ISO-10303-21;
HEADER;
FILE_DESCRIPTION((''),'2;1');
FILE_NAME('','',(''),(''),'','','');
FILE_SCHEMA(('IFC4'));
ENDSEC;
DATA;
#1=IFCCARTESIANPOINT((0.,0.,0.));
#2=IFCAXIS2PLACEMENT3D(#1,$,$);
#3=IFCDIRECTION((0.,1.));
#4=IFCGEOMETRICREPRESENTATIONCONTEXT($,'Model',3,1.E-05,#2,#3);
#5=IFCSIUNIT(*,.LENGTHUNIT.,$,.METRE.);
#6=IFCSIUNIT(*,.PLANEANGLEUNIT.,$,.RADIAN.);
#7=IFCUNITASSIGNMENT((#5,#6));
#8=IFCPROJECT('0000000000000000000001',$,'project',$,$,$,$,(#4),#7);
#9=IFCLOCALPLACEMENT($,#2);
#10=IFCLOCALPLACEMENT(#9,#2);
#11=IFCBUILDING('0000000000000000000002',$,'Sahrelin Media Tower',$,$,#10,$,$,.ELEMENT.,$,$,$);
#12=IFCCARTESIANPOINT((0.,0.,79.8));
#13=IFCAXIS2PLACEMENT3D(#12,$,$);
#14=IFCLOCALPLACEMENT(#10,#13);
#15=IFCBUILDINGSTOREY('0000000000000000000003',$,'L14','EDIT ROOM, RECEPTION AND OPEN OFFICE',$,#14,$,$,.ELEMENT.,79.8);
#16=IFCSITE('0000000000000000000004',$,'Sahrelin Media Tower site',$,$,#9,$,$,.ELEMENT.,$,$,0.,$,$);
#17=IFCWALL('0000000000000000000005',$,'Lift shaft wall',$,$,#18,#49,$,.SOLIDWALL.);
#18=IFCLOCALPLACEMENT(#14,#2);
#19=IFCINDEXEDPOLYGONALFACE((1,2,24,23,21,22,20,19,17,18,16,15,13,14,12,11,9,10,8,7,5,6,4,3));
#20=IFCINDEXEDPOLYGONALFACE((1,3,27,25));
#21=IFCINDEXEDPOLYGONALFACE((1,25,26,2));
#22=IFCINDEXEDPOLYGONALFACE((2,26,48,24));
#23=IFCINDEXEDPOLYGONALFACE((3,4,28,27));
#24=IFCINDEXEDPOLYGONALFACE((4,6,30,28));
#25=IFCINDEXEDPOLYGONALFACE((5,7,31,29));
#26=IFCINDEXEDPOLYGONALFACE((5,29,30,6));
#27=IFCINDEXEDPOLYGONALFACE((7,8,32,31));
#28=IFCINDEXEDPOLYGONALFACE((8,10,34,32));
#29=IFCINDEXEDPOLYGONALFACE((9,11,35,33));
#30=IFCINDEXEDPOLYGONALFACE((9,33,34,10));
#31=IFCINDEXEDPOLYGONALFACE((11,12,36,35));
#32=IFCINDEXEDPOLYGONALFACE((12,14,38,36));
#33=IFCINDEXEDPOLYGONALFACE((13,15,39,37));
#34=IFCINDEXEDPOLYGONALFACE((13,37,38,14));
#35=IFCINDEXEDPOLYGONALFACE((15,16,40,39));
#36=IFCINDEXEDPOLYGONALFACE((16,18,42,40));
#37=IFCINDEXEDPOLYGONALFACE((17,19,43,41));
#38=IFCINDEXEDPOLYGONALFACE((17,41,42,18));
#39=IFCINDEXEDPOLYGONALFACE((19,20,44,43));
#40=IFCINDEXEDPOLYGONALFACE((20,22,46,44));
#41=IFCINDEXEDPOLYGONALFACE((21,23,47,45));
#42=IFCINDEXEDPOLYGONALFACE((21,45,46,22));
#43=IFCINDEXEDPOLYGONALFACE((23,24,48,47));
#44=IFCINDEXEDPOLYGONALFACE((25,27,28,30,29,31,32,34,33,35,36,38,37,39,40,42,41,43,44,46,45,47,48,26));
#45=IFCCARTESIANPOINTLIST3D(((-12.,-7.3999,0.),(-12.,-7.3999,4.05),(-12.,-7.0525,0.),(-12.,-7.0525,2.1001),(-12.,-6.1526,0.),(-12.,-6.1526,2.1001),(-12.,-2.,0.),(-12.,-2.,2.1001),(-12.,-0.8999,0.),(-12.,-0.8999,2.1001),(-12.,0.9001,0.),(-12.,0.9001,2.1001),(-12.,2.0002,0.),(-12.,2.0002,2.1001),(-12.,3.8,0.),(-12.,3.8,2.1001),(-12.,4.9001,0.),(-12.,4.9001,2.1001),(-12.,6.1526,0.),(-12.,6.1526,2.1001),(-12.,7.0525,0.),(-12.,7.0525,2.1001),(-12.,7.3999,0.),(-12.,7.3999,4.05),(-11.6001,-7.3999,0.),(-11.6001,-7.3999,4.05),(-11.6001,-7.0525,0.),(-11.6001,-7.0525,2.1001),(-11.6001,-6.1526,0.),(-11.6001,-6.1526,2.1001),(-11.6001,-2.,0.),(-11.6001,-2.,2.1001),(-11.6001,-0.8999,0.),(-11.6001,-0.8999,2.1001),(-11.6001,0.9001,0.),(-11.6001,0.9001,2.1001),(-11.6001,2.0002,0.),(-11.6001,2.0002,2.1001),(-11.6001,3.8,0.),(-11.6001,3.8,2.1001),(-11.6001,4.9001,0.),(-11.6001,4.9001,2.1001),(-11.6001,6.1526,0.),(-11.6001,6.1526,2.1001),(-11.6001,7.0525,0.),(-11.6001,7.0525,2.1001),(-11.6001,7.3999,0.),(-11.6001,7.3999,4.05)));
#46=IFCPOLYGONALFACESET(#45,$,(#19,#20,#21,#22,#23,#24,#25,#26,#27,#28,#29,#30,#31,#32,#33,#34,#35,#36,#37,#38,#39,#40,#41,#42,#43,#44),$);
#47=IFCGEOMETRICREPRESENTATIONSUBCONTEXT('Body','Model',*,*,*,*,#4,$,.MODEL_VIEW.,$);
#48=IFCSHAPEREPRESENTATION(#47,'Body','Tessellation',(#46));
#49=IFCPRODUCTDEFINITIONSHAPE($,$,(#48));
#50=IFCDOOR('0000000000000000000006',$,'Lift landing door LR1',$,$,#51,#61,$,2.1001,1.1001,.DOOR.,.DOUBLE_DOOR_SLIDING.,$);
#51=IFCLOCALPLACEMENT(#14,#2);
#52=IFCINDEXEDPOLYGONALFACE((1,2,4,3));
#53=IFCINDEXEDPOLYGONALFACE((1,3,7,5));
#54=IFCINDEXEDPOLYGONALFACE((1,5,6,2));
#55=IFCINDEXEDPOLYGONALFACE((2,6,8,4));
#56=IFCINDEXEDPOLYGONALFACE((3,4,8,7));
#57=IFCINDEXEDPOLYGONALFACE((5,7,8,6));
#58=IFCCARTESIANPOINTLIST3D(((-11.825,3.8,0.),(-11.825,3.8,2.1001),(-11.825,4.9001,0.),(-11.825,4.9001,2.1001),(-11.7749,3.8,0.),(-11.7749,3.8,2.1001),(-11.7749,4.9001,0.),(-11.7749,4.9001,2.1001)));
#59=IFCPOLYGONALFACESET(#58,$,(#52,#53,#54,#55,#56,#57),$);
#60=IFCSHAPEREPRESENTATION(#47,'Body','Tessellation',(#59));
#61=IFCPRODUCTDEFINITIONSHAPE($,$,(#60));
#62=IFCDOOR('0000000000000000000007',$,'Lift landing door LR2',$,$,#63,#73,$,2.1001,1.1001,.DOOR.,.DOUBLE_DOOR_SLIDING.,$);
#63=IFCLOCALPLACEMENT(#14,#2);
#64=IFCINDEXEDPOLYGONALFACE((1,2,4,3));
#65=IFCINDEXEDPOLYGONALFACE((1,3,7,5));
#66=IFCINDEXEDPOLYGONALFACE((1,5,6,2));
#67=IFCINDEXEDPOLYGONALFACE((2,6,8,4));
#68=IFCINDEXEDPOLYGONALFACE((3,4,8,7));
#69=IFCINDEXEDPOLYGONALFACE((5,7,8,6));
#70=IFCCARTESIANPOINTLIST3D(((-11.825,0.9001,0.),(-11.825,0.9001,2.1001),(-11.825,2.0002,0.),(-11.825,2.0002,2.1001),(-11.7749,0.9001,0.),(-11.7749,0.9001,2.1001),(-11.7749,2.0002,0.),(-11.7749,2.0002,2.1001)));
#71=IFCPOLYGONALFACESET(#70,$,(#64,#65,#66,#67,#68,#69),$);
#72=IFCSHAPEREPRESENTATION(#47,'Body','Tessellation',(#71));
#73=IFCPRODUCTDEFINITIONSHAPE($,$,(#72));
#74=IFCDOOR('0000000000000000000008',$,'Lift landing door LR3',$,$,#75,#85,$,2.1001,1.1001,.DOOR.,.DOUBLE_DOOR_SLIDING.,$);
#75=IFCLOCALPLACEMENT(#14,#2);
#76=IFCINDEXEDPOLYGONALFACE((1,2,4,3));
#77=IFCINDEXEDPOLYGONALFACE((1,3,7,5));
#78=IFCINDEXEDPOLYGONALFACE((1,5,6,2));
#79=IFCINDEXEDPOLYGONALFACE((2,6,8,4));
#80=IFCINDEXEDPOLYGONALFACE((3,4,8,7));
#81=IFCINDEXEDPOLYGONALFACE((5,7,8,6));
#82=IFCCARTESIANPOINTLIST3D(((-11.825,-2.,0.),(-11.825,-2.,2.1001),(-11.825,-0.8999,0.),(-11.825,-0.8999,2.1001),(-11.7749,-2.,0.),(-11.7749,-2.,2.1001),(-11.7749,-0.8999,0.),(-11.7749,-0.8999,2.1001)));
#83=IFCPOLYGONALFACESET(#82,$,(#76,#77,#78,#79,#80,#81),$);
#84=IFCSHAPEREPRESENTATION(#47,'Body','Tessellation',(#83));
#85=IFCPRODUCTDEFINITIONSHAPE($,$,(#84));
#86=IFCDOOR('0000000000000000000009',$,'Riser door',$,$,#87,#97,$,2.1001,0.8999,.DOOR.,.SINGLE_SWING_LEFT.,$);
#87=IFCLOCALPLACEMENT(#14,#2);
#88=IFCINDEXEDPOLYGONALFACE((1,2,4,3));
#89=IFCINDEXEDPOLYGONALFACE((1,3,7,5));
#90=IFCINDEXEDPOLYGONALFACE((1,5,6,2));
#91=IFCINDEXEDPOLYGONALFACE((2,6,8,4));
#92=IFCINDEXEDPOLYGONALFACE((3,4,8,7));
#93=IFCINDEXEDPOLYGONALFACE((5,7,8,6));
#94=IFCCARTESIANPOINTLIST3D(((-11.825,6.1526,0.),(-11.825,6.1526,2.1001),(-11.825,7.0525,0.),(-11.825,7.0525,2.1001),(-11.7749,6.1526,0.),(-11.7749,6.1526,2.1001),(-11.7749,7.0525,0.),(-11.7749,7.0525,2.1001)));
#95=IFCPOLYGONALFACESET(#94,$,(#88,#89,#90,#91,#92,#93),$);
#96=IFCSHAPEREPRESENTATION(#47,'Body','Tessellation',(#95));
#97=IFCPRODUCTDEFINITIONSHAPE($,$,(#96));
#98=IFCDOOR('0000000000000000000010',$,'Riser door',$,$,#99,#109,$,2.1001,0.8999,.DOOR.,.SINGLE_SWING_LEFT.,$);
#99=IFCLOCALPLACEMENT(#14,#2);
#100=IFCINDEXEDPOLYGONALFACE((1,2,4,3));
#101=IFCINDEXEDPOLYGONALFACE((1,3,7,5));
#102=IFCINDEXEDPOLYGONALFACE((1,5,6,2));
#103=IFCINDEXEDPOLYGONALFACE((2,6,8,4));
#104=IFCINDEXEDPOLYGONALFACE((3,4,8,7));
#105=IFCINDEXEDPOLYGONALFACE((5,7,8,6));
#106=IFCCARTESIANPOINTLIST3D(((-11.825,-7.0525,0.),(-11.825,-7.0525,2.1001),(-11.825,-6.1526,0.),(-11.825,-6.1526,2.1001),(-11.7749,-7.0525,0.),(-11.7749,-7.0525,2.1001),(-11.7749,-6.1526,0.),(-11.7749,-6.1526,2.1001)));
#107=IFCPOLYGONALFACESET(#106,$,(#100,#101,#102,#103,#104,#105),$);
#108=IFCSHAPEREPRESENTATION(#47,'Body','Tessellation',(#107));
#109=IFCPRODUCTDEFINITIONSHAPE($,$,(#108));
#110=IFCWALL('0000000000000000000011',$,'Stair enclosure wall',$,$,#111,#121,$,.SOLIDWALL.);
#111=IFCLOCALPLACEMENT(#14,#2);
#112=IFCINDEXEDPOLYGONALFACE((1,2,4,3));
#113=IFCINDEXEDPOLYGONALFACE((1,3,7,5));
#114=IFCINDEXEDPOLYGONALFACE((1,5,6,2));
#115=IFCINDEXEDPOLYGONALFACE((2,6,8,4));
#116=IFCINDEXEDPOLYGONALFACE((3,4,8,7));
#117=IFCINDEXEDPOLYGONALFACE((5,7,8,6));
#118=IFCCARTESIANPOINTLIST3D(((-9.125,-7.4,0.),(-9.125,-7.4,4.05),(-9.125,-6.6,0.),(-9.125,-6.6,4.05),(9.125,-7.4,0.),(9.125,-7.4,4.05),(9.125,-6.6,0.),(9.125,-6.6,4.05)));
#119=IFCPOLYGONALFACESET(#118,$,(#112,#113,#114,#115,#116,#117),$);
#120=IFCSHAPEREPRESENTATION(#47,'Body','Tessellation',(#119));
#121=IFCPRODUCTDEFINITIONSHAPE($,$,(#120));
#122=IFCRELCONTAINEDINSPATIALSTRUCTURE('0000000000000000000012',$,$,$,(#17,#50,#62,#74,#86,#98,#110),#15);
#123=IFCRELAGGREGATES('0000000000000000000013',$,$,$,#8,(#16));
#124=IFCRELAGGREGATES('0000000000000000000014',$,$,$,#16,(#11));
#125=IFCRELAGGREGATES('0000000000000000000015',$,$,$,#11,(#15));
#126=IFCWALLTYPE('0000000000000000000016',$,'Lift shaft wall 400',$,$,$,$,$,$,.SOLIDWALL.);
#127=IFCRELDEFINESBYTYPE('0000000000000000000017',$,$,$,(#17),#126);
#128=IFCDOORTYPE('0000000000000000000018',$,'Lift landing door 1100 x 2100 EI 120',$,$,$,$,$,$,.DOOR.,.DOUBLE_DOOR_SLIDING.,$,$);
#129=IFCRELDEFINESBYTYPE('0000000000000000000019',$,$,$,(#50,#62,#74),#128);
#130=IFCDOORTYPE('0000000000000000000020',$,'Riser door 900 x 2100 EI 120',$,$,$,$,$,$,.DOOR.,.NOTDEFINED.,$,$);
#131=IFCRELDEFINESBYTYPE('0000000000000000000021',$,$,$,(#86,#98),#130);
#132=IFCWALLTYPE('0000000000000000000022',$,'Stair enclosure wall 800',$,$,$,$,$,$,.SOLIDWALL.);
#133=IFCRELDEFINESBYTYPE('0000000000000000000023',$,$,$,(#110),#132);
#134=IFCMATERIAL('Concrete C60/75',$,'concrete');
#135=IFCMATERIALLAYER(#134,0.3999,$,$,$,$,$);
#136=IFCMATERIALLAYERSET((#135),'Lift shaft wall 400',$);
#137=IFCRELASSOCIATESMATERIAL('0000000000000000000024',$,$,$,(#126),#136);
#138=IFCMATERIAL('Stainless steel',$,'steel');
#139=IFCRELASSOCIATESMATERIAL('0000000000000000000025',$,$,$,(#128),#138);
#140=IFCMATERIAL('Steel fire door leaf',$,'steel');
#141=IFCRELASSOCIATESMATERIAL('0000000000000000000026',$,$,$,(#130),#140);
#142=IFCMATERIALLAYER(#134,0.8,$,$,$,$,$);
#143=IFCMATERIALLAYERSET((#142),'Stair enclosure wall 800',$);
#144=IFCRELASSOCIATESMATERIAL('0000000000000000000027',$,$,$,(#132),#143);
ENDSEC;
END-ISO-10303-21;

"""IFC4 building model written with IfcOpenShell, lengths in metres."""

from ifc_helpers import new_model, si_unit, direction, frame, frame_2d, origin, place, context, subcontext, project, spatial, rectangle, extrude, material, layer, layer_set, type_object, element, fill, save


model = new_model("IFC4")

# Units and contexts
model_context = context("Model", 3, precision=1e-05, world=origin(), true_north=direction((0.0, 1.0)))
body_context = subcontext(model_context, "Body", "Model", "MODEL_VIEW")
ifc_project = project(units=[si_unit("LENGTHUNIT", "METRE"), si_unit("PLANEANGLEUNIT", "RADIAN")], contexts=[model_context])

# Site, building, storey
site_placement = place(None, origin())
site = spatial("IfcSite", under=ifc_project, at=site_placement, Name="Sahrelin Media Tower site", CompositionType="ELEMENT", RefElevation=0.0)
building_placement = place(site_placement, origin())
building = spatial("IfcBuilding", under=site, at=building_placement, Name="Sahrelin Media Tower", CompositionType="ELEMENT")
storey_placement = place(building_placement, frame((0.0, 0.0, 79.8)))
storey = spatial("IfcBuildingStorey", under=building, at=storey_placement, Name="L14", Description="EDIT ROOM, RECEPTION AND OPEN OFFICE", CompositionType="ELEMENT", Elevation=79.8)

# Shared definitions
ifc_material_1 = material(Name="Concrete C60/75", Category="concrete")
ifc_material_2 = material(Name="Steel fire door leaf", Category="steel")

# Wall, openings, doors
ifc_material_3 = material(Name="Stainless steel", Category="steel")
ifc_layer_1 = layer(ifc_material_1, 0.3999)
ifc_layer_set_1 = layer_set([ifc_layer_1], Name="Lift shaft wall 400")
wall_type_1 = type_object("IfcWallType", Name="Lift shaft wall 400", PredefinedType="SOLIDWALL", material=ifc_layer_set_1)
wall_1_placement = place(storey_placement, frame((-11.8, -7.3999, 0.0), z_axis=(0.0, 0.0, 1.0), x_axis=(0.0, 1.0, 0.0)))
wall_1 = element("IfcWall", 1, at=wall_1_placement, inside=storey, type_object=wall_type_1, Name="Lift shaft wall", PredefinedType="SOLIDWALL", context=body_context, shape_type="SweptSolid", body=[
    extrude(rectangle(XDim=14.7998, YDim=0.3999, at=frame_2d((7.3999, 0.0))), origin(), (0.0, 0.0, 1.0), 4.05),
])
opening_1_placement = place(wall_1_placement, frame((11.2, 0.0, 0.0)))
opening_1 = element("IfcOpeningElement", 2, at=opening_1_placement, cuts=wall_1, PredefinedType="OPENING", context=body_context, shape_type="SweptSolid", body=[
    extrude(rectangle(XDim=1.1001, YDim=2.1001, at=frame_2d((0.55, 1.05))), frame((0.0, 0.2, 0.0), z_axis=(0.0, -1.0, 0.0), x_axis=(1.0, 0.0, 0.0)), (0.0, 0.0, 1.0), 0.3999),
])
opening_2_placement = place(wall_1_placement, frame((8.3, 0.0, 0.0)))
opening_2 = element("IfcOpeningElement", 3, at=opening_2_placement, cuts=wall_1, PredefinedType="OPENING", context=body_context, shape_type="SweptSolid", body=[
    extrude(rectangle(XDim=1.1001, YDim=2.1001, at=frame_2d((0.55, 1.05))), frame((0.0, 0.2, 0.0), z_axis=(0.0, -1.0, 0.0), x_axis=(1.0, 0.0, 0.0)), (0.0, 0.0, 1.0), 0.3999),
])
opening_3_placement = place(wall_1_placement, frame((5.3999, 0.0, 0.0)))
opening_3 = element("IfcOpeningElement", 4, at=opening_3_placement, cuts=wall_1, PredefinedType="OPENING", context=body_context, shape_type="SweptSolid", body=[
    extrude(rectangle(XDim=1.1001, YDim=2.1001, at=frame_2d((0.55, 1.05))), frame((0.0, 0.2, 0.0), z_axis=(0.0, -1.0, 0.0), x_axis=(1.0, 0.0, 0.0)), (0.0, 0.0, 1.0), 0.3999),
])
opening_4_placement = place(wall_1_placement, frame((13.5525, 0.0, 0.0)))
opening_4 = element("IfcOpeningElement", 5, at=opening_4_placement, cuts=wall_1, PredefinedType="OPENING", context=body_context, shape_type="SweptSolid", body=[
    extrude(rectangle(XDim=0.8999, YDim=2.1001, at=frame_2d((0.45, 1.05))), frame((0.0, 0.2, 0.0), z_axis=(0.0, -1.0, 0.0), x_axis=(1.0, 0.0, 0.0)), (0.0, 0.0, 1.0), 0.3999),
])
opening_5_placement = place(wall_1_placement, frame((0.3474, 0.0, 0.0)))
opening_5 = element("IfcOpeningElement", 6, at=opening_5_placement, cuts=wall_1, PredefinedType="OPENING", context=body_context, shape_type="SweptSolid", body=[
    extrude(rectangle(XDim=0.8999, YDim=2.1001, at=frame_2d((0.45, 1.05))), frame((0.0, 0.2, 0.0), z_axis=(0.0, -1.0, 0.0), x_axis=(1.0, 0.0, 0.0)), (0.0, 0.0, 1.0), 0.3999),
])
door_type_1 = type_object("IfcDoorType", Name="Lift landing door 1100 x 2100 EI 120", OperationType="DOUBLE_DOOR_SLIDING", PredefinedType="DOOR", material=ifc_material_3)
door_1_placement = place(opening_1_placement, origin())
door_1 = element("IfcDoor", 7, at=door_1_placement, inside=storey, type_object=door_type_1, Name="Lift landing door LR1", OperationType="DOUBLE_DOOR_SLIDING", OverallHeight=2.1001, OverallWidth=1.1001, PredefinedType="DOOR", context=body_context, shape_type="SweptSolid", body=[
    extrude(rectangle(XDim=1.1001, YDim=2.1001, at=frame_2d((0.55, 1.05))), frame((0.0, 0.0249, 0.0), z_axis=(0.0, -1.0, 0.0), x_axis=(1.0, 0.0, 0.0)), (0.0, 0.0, 1.0), 0.05),
])
fill(opening_1, door_1)
door_2_placement = place(opening_2_placement, origin())
door_2 = element("IfcDoor", 8, at=door_2_placement, inside=storey, type_object=door_type_1, Name="Lift landing door LR2", OperationType="DOUBLE_DOOR_SLIDING", OverallHeight=2.1001, OverallWidth=1.1001, PredefinedType="DOOR", context=body_context, shape_type="SweptSolid", body=[
    extrude(rectangle(XDim=1.1001, YDim=2.1001, at=frame_2d((0.55, 1.05))), frame((0.0, 0.0249, 0.0), z_axis=(0.0, -1.0, 0.0), x_axis=(1.0, 0.0, 0.0)), (0.0, 0.0, 1.0), 0.05),
])
fill(opening_2, door_2)
door_3_placement = place(opening_3_placement, origin())
door_3 = element("IfcDoor", 9, at=door_3_placement, inside=storey, type_object=door_type_1, Name="Lift landing door LR3", OperationType="DOUBLE_DOOR_SLIDING", OverallHeight=2.1001, OverallWidth=1.1001, PredefinedType="DOOR", context=body_context, shape_type="SweptSolid", body=[
    extrude(rectangle(XDim=1.1001, YDim=2.1001, at=frame_2d((0.55, 1.05))), frame((0.0, 0.0249, 0.0), z_axis=(0.0, -1.0, 0.0), x_axis=(1.0, 0.0, 0.0)), (0.0, 0.0, 1.0), 0.05),
])
fill(opening_3, door_3)
door_type_2 = type_object("IfcDoorType", Name="Riser door 900 x 2100 EI 120", OperationType="NOTDEFINED", PredefinedType="DOOR", material=ifc_material_2)
door_4_placement = place(opening_4_placement, origin())
door_4 = element("IfcDoor", 10, at=door_4_placement, inside=storey, type_object=door_type_2, Name="Riser door", OperationType="SINGLE_SWING_LEFT", OverallHeight=2.1001, OverallWidth=0.8999, PredefinedType="DOOR", context=body_context, shape_type="SweptSolid", body=[
    extrude(rectangle(XDim=0.8999, YDim=2.1001, at=frame_2d((0.45, 1.05))), frame((0.0, 0.0249, 0.0), z_axis=(0.0, -1.0, 0.0), x_axis=(1.0, 0.0, 0.0)), (0.0, 0.0, 1.0), 0.05),
])
fill(opening_4, door_4)
door_5_placement = place(opening_5_placement, origin())
door_5 = element("IfcDoor", 11, at=door_5_placement, inside=storey, type_object=door_type_2, Name="Riser door", OperationType="SINGLE_SWING_LEFT", OverallHeight=2.1001, OverallWidth=0.8999, PredefinedType="DOOR", context=body_context, shape_type="SweptSolid", body=[
    extrude(rectangle(XDim=0.8999, YDim=2.1001, at=frame_2d((0.45, 1.05))), frame((0.0, 0.0249, 0.0), z_axis=(0.0, -1.0, 0.0), x_axis=(1.0, 0.0, 0.0)), (0.0, 0.0, 1.0), 0.05),
])
fill(opening_5, door_5)

# Wall
ifc_layer_2 = layer(ifc_material_1, 0.8)
ifc_layer_set_2 = layer_set([ifc_layer_2], Name="Stair enclosure wall 800")
wall_type_2 = type_object("IfcWallType", Name="Stair enclosure wall 800", PredefinedType="SOLIDWALL", material=ifc_layer_set_2)
wall_2_placement = place(storey_placement, frame((-9.125, -7.0, 0.0), z_axis=(0.0, 0.0, 1.0), x_axis=(1.0, 0.0, 0.0)))
element("IfcWall", 12, at=wall_2_placement, inside=storey, type_object=wall_type_2, Name="Stair enclosure wall", PredefinedType="SOLIDWALL", context=body_context, shape_type="SweptSolid", body=[
    extrude(rectangle(XDim=18.25, YDim=0.8, at=frame_2d((9.125, 0.0))), origin(), (0.0, 0.0, 1.0), 4.05),
])

save(model, "model.ifc")
